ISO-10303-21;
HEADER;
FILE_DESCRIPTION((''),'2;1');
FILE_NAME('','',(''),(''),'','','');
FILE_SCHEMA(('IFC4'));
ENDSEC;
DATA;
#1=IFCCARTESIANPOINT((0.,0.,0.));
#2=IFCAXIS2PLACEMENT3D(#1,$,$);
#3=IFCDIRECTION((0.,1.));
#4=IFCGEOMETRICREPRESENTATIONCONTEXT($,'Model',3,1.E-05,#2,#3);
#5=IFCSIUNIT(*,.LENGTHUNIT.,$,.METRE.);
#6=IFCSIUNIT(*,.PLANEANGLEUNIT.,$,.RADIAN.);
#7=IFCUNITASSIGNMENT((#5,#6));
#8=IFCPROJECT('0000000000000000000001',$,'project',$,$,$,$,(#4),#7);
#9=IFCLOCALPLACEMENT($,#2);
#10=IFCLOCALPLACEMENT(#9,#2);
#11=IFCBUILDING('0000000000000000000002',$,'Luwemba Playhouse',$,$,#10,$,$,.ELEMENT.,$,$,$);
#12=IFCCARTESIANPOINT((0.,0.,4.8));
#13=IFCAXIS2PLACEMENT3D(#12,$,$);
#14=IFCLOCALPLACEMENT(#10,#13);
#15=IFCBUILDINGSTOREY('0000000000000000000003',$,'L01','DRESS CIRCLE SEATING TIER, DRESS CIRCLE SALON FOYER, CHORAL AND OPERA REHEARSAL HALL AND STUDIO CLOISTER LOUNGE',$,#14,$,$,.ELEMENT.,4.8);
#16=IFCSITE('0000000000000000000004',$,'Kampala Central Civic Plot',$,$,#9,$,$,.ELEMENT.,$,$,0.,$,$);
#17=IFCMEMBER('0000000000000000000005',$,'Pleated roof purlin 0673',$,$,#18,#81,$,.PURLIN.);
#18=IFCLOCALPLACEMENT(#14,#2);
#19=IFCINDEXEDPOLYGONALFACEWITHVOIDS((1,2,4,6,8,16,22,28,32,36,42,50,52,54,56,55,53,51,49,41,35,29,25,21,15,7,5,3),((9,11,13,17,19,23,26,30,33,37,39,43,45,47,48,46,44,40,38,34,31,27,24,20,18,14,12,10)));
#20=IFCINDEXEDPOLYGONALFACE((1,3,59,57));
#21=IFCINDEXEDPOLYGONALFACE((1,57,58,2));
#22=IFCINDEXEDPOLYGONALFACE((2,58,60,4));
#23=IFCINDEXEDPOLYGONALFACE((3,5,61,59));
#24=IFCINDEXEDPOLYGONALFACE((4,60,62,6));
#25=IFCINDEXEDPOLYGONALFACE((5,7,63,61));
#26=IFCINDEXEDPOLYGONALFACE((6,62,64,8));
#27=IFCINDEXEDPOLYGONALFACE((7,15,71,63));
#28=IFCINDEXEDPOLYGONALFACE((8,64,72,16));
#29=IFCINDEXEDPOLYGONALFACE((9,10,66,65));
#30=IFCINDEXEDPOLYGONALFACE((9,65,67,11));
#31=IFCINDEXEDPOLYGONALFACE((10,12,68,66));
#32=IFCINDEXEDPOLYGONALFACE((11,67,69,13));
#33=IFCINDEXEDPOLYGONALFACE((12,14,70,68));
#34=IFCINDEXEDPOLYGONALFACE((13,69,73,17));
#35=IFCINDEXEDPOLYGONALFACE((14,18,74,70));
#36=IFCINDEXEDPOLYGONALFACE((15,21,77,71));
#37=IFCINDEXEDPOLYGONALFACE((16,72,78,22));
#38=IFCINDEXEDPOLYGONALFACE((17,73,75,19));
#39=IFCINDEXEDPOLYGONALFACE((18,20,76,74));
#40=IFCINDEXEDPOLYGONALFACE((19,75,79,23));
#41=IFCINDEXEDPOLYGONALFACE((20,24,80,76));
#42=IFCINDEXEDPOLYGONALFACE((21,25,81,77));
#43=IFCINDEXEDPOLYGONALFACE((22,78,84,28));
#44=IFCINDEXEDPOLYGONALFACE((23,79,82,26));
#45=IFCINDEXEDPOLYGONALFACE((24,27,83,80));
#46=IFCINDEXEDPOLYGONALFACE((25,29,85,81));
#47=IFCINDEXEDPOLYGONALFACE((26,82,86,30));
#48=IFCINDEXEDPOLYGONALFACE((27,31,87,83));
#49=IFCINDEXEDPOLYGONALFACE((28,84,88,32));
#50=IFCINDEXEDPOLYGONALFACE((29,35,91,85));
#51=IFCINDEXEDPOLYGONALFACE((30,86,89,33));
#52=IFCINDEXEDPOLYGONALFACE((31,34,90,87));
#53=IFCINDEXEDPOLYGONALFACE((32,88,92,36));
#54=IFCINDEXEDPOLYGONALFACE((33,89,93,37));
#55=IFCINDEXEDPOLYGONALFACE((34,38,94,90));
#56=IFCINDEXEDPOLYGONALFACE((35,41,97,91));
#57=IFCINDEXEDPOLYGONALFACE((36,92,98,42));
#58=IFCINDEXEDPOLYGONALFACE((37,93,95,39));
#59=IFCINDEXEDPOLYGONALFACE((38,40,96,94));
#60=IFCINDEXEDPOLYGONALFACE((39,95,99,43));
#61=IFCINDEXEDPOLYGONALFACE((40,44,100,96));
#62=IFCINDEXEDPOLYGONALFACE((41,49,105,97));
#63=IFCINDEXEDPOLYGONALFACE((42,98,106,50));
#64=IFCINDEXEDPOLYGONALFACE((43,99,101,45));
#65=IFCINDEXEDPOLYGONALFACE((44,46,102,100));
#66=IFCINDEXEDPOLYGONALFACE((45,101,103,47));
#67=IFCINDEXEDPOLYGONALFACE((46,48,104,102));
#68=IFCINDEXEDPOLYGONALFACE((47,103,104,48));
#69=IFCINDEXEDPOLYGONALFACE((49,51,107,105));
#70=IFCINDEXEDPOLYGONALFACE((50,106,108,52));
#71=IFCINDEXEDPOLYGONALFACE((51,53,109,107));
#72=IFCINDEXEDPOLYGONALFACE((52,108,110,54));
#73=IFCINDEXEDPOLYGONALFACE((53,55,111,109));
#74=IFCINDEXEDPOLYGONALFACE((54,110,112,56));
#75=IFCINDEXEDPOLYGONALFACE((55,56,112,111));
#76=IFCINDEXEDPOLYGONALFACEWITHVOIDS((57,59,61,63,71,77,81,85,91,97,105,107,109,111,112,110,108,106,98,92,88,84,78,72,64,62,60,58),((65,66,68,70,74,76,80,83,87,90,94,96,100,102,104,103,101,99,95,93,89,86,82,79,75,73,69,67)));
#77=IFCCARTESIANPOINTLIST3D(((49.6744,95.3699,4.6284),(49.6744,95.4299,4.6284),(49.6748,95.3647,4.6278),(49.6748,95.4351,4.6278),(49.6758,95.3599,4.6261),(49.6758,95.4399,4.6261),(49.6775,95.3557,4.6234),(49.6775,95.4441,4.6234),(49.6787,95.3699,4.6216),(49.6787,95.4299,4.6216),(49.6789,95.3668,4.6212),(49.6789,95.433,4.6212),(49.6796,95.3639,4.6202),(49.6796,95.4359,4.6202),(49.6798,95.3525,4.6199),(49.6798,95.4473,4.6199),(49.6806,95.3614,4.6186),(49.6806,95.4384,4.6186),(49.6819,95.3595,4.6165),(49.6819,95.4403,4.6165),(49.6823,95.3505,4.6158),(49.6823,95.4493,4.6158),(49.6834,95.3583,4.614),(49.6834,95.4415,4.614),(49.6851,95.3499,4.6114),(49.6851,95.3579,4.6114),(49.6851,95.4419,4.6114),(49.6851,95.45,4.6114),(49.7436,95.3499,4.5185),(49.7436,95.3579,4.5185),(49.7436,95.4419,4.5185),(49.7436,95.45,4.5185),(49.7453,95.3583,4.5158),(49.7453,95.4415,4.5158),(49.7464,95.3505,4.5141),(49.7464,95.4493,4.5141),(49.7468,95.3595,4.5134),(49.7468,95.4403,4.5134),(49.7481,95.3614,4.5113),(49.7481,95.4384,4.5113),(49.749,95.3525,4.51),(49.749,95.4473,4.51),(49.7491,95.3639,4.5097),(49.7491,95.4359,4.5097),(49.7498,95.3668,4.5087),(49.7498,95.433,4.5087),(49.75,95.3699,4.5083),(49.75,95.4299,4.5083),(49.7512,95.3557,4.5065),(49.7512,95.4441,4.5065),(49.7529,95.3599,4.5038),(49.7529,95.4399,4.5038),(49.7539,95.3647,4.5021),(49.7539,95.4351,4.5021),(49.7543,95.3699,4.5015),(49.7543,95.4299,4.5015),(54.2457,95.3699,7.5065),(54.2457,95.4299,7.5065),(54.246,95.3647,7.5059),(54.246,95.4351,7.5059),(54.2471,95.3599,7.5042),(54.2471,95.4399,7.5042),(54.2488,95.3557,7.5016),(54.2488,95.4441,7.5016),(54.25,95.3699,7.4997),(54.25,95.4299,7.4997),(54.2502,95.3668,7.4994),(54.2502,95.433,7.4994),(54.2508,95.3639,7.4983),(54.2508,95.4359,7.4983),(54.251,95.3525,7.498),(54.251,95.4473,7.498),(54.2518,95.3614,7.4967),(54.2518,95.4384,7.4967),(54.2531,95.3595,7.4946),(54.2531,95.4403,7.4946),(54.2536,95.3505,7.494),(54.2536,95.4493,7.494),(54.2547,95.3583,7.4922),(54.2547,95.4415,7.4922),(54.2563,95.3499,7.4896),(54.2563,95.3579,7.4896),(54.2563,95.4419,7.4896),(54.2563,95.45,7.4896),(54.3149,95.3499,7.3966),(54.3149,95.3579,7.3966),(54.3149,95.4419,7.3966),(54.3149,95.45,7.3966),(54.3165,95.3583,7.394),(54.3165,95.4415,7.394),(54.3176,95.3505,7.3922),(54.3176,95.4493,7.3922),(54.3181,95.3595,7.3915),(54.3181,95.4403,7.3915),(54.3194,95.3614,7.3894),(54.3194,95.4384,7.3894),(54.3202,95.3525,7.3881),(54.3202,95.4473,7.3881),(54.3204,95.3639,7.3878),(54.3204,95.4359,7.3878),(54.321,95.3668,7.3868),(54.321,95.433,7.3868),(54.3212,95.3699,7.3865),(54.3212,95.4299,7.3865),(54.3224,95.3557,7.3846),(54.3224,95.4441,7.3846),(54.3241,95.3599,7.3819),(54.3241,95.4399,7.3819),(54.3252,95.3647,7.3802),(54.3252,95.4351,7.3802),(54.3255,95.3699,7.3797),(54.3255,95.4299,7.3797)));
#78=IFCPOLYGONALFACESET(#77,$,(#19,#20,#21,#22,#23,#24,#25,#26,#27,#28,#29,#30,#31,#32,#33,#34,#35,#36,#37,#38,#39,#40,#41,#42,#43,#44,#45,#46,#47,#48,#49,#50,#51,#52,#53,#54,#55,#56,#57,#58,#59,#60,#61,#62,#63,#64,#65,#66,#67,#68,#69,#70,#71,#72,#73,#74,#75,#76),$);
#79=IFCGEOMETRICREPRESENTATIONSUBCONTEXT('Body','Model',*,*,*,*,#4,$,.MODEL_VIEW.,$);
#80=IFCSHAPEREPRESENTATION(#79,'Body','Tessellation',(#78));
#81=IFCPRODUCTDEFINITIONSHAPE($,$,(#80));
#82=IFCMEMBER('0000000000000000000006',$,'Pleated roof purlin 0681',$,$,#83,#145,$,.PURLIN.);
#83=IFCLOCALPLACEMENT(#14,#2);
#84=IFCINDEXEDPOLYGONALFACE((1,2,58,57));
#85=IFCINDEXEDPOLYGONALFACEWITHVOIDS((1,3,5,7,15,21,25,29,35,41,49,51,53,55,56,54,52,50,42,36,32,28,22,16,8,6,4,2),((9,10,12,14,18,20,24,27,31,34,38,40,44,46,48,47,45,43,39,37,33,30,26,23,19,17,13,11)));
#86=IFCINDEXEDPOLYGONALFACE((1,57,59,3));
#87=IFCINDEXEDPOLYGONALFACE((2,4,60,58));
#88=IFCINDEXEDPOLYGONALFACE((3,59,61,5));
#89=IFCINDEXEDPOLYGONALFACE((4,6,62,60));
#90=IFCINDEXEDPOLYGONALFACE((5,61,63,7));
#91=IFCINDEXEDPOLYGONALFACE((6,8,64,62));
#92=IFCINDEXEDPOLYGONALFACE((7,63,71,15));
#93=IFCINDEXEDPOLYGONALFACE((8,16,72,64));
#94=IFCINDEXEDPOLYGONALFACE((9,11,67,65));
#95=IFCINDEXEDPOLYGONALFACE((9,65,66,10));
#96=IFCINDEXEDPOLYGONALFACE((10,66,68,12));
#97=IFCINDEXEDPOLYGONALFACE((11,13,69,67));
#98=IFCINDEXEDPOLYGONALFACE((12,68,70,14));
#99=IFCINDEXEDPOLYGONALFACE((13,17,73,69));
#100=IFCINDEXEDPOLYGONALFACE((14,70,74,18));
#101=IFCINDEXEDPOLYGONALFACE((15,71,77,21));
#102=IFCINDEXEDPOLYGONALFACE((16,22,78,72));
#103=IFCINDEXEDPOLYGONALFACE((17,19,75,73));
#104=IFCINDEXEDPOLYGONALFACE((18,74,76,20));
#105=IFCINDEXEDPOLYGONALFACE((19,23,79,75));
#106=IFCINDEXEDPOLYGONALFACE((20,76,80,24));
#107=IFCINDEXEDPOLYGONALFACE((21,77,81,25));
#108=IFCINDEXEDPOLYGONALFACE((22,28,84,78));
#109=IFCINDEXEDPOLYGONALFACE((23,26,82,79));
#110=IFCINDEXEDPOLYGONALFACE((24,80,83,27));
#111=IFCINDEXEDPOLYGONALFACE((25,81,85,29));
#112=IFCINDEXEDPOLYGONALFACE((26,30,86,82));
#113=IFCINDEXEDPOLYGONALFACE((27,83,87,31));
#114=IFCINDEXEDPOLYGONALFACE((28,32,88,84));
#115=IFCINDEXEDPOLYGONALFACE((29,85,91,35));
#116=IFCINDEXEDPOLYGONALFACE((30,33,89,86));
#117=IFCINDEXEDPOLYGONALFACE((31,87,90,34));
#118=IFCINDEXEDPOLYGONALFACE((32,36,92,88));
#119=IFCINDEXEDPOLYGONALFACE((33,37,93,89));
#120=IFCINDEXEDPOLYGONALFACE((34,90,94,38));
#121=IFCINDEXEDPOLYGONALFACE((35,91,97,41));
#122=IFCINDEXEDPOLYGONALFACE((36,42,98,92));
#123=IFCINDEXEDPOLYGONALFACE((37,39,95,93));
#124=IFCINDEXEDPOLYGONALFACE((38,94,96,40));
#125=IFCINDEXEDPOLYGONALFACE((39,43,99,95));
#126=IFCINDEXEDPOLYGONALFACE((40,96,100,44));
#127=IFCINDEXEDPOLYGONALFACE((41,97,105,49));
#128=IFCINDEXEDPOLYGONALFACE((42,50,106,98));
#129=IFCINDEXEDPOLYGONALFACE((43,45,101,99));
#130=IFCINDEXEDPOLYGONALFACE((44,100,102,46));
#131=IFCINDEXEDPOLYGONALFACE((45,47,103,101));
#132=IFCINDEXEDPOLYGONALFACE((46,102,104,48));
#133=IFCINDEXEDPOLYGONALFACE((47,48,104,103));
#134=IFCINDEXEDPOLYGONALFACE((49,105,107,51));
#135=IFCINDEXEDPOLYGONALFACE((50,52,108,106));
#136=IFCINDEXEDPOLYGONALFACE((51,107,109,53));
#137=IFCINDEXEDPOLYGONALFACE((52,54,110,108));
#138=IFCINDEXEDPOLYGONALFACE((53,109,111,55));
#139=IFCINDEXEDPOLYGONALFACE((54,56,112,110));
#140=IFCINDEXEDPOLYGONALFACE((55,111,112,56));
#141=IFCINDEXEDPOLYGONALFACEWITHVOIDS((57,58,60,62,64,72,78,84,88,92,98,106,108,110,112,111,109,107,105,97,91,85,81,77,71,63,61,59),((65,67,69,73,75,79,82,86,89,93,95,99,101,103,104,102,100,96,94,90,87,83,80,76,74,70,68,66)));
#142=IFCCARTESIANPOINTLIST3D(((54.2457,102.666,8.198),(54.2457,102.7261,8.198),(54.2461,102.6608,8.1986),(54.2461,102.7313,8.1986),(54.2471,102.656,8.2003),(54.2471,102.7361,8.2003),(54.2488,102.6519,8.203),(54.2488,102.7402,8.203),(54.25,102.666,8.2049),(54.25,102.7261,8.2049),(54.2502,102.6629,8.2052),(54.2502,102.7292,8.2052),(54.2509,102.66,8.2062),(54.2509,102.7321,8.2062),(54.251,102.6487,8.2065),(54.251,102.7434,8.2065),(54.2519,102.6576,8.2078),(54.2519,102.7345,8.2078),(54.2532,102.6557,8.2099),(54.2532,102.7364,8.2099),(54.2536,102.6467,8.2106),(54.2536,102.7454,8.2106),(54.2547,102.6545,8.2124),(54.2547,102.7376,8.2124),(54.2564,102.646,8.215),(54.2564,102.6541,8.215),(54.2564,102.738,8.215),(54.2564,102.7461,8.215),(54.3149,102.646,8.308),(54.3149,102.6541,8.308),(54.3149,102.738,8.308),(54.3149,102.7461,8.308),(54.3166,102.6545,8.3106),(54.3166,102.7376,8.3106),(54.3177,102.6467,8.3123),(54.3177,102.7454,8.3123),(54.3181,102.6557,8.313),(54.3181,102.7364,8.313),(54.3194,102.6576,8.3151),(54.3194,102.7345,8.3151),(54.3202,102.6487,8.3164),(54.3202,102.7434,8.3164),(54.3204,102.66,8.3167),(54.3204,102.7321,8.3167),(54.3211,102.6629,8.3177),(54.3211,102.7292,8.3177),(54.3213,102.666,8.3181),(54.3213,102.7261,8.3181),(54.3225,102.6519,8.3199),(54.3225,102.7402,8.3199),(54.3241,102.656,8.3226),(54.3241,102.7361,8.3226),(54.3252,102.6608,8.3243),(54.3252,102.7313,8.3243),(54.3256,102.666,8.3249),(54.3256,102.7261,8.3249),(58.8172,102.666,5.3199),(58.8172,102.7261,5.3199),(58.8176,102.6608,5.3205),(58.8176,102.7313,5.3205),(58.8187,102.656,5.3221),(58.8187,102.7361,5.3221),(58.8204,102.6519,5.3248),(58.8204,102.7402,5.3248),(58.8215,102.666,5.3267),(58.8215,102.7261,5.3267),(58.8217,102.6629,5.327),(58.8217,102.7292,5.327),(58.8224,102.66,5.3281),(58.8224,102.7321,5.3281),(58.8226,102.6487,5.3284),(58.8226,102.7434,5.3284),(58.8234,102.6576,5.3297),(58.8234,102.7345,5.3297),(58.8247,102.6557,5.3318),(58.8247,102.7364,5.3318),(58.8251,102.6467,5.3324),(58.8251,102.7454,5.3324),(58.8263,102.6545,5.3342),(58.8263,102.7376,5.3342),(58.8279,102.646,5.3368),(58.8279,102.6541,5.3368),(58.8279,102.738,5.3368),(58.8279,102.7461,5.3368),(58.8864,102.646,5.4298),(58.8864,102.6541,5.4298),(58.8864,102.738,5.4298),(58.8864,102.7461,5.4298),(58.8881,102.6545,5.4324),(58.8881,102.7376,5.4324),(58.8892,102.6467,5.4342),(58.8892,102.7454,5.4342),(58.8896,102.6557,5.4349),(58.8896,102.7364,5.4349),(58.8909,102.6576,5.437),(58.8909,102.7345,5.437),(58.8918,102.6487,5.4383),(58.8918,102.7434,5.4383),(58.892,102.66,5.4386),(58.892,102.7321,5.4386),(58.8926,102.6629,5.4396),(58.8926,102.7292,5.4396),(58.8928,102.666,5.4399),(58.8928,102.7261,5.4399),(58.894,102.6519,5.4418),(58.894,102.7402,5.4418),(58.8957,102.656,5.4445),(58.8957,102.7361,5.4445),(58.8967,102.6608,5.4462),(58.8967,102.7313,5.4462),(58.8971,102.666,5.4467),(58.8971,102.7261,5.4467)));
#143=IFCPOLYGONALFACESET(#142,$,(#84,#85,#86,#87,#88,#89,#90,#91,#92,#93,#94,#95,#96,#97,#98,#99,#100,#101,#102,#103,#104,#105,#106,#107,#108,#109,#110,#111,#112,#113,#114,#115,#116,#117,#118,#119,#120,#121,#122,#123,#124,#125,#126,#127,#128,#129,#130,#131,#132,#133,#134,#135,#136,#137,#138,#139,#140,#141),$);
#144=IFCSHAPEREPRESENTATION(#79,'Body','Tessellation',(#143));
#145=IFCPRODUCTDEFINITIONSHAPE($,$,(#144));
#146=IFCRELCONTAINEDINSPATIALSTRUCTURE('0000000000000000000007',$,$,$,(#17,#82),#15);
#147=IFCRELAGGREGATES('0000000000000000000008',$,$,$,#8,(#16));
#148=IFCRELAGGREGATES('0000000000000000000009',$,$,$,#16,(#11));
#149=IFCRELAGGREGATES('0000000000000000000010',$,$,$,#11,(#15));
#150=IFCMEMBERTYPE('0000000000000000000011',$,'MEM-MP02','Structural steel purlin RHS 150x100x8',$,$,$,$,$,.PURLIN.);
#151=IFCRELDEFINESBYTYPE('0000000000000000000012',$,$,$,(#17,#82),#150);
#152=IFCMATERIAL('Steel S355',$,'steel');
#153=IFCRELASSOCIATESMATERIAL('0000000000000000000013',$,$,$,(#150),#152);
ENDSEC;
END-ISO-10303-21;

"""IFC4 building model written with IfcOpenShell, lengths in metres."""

from ifc_helpers import new_model, si_unit, direction, frame, origin, origin_2d, place, context, subcontext, project, spatial, hollow_rectangle, extrude, material, material_profile, profile_set, type_object, element, save


model = new_model("IFC4")

# Units and contexts
model_context = context("Model", 3, precision=1e-05, world=origin(), true_north=direction((0.0, 1.0)))
body_context = subcontext(model_context, "Body", "Model", "MODEL_VIEW")
ifc_project = project(units=[si_unit("LENGTHUNIT", "METRE"), si_unit("PLANEANGLEUNIT", "RADIAN")], contexts=[model_context])

# Site, building, storey
site_placement = place(None, origin())
site = spatial("IfcSite", under=ifc_project, at=site_placement, Name="Kampala Central Civic Plot", CompositionType="ELEMENT", RefElevation=0.0)
building_placement = place(site_placement, origin())
building = spatial("IfcBuilding", under=site, at=building_placement, Name="Luwemba Playhouse", CompositionType="ELEMENT")
storey_placement = place(building_placement, frame((0.0, 0.0, 4.8)))
storey = spatial("IfcBuildingStorey", under=building, at=storey_placement, Name="L01", Description="DRESS CIRCLE SEATING TIER, DRESS CIRCLE SALON FOYER, CHORAL AND OPERA REHEARSAL HALL AND STUDIO CLOISTER LOUNGE", CompositionType="ELEMENT", Elevation=4.8)

# Shared definitions
ifc_material_1 = material(Name="Steel S355", Category="steel")

# Members
ifc_material_profile_1 = material_profile(ifc_material_1, hollow_rectangle(XDim=0.1001, YDim=0.1499, WallThickness=0.0081, InnerFilletRadius=0.012, OuterFilletRadius=0.02, at=origin_2d()))
ifc_profile_set_1 = profile_set([ifc_material_profile_1], Name="Steel S355")
member_type_1 = type_object("IfcMemberType", Name="MEM-MP02", Description="Structural steel purlin RHS 150x100x8", PredefinedType="PURLIN", material=ifc_profile_set_1)
member_1_placement = place(storey_placement, frame((49.7144, 95.3999, 4.5649), z_axis=(0.846237, 0.0, 0.532807), x_axis=(0.0, 1.0, 0.0)))
element("IfcMember", 1, at=member_1_placement, inside=storey, type_object=member_type_1, Name="Pleated roof purlin 0673", PredefinedType="PURLIN", context=body_context, shape_type="SweptSolid", body=[
    extrude(hollow_rectangle(XDim=0.1001, YDim=0.1499, WallThickness=0.0081, InnerFilletRadius=0.012, OuterFilletRadius=0.02, at=origin_2d()), origin(), (0.0, 0.0, 1.0), 5.4019),
])
member_2_placement = place(storey_placement, frame((54.2856, 102.696, 8.2615), z_axis=(0.846249, 0.0, -0.532787), x_axis=(0.0, 1.0, 0.0)))
element("IfcMember", 2, at=member_2_placement, inside=storey, type_object=member_type_1, Name="Pleated roof purlin 0681", PredefinedType="PURLIN", context=body_context, shape_type="SweptSolid", body=[
    extrude(hollow_rectangle(XDim=0.1001, YDim=0.1499, WallThickness=0.0081, InnerFilletRadius=0.012, OuterFilletRadius=0.02, at=origin_2d()), origin(), (0.0, 0.0, 1.0), 5.4021),
])

save(model, "model.ifc")
